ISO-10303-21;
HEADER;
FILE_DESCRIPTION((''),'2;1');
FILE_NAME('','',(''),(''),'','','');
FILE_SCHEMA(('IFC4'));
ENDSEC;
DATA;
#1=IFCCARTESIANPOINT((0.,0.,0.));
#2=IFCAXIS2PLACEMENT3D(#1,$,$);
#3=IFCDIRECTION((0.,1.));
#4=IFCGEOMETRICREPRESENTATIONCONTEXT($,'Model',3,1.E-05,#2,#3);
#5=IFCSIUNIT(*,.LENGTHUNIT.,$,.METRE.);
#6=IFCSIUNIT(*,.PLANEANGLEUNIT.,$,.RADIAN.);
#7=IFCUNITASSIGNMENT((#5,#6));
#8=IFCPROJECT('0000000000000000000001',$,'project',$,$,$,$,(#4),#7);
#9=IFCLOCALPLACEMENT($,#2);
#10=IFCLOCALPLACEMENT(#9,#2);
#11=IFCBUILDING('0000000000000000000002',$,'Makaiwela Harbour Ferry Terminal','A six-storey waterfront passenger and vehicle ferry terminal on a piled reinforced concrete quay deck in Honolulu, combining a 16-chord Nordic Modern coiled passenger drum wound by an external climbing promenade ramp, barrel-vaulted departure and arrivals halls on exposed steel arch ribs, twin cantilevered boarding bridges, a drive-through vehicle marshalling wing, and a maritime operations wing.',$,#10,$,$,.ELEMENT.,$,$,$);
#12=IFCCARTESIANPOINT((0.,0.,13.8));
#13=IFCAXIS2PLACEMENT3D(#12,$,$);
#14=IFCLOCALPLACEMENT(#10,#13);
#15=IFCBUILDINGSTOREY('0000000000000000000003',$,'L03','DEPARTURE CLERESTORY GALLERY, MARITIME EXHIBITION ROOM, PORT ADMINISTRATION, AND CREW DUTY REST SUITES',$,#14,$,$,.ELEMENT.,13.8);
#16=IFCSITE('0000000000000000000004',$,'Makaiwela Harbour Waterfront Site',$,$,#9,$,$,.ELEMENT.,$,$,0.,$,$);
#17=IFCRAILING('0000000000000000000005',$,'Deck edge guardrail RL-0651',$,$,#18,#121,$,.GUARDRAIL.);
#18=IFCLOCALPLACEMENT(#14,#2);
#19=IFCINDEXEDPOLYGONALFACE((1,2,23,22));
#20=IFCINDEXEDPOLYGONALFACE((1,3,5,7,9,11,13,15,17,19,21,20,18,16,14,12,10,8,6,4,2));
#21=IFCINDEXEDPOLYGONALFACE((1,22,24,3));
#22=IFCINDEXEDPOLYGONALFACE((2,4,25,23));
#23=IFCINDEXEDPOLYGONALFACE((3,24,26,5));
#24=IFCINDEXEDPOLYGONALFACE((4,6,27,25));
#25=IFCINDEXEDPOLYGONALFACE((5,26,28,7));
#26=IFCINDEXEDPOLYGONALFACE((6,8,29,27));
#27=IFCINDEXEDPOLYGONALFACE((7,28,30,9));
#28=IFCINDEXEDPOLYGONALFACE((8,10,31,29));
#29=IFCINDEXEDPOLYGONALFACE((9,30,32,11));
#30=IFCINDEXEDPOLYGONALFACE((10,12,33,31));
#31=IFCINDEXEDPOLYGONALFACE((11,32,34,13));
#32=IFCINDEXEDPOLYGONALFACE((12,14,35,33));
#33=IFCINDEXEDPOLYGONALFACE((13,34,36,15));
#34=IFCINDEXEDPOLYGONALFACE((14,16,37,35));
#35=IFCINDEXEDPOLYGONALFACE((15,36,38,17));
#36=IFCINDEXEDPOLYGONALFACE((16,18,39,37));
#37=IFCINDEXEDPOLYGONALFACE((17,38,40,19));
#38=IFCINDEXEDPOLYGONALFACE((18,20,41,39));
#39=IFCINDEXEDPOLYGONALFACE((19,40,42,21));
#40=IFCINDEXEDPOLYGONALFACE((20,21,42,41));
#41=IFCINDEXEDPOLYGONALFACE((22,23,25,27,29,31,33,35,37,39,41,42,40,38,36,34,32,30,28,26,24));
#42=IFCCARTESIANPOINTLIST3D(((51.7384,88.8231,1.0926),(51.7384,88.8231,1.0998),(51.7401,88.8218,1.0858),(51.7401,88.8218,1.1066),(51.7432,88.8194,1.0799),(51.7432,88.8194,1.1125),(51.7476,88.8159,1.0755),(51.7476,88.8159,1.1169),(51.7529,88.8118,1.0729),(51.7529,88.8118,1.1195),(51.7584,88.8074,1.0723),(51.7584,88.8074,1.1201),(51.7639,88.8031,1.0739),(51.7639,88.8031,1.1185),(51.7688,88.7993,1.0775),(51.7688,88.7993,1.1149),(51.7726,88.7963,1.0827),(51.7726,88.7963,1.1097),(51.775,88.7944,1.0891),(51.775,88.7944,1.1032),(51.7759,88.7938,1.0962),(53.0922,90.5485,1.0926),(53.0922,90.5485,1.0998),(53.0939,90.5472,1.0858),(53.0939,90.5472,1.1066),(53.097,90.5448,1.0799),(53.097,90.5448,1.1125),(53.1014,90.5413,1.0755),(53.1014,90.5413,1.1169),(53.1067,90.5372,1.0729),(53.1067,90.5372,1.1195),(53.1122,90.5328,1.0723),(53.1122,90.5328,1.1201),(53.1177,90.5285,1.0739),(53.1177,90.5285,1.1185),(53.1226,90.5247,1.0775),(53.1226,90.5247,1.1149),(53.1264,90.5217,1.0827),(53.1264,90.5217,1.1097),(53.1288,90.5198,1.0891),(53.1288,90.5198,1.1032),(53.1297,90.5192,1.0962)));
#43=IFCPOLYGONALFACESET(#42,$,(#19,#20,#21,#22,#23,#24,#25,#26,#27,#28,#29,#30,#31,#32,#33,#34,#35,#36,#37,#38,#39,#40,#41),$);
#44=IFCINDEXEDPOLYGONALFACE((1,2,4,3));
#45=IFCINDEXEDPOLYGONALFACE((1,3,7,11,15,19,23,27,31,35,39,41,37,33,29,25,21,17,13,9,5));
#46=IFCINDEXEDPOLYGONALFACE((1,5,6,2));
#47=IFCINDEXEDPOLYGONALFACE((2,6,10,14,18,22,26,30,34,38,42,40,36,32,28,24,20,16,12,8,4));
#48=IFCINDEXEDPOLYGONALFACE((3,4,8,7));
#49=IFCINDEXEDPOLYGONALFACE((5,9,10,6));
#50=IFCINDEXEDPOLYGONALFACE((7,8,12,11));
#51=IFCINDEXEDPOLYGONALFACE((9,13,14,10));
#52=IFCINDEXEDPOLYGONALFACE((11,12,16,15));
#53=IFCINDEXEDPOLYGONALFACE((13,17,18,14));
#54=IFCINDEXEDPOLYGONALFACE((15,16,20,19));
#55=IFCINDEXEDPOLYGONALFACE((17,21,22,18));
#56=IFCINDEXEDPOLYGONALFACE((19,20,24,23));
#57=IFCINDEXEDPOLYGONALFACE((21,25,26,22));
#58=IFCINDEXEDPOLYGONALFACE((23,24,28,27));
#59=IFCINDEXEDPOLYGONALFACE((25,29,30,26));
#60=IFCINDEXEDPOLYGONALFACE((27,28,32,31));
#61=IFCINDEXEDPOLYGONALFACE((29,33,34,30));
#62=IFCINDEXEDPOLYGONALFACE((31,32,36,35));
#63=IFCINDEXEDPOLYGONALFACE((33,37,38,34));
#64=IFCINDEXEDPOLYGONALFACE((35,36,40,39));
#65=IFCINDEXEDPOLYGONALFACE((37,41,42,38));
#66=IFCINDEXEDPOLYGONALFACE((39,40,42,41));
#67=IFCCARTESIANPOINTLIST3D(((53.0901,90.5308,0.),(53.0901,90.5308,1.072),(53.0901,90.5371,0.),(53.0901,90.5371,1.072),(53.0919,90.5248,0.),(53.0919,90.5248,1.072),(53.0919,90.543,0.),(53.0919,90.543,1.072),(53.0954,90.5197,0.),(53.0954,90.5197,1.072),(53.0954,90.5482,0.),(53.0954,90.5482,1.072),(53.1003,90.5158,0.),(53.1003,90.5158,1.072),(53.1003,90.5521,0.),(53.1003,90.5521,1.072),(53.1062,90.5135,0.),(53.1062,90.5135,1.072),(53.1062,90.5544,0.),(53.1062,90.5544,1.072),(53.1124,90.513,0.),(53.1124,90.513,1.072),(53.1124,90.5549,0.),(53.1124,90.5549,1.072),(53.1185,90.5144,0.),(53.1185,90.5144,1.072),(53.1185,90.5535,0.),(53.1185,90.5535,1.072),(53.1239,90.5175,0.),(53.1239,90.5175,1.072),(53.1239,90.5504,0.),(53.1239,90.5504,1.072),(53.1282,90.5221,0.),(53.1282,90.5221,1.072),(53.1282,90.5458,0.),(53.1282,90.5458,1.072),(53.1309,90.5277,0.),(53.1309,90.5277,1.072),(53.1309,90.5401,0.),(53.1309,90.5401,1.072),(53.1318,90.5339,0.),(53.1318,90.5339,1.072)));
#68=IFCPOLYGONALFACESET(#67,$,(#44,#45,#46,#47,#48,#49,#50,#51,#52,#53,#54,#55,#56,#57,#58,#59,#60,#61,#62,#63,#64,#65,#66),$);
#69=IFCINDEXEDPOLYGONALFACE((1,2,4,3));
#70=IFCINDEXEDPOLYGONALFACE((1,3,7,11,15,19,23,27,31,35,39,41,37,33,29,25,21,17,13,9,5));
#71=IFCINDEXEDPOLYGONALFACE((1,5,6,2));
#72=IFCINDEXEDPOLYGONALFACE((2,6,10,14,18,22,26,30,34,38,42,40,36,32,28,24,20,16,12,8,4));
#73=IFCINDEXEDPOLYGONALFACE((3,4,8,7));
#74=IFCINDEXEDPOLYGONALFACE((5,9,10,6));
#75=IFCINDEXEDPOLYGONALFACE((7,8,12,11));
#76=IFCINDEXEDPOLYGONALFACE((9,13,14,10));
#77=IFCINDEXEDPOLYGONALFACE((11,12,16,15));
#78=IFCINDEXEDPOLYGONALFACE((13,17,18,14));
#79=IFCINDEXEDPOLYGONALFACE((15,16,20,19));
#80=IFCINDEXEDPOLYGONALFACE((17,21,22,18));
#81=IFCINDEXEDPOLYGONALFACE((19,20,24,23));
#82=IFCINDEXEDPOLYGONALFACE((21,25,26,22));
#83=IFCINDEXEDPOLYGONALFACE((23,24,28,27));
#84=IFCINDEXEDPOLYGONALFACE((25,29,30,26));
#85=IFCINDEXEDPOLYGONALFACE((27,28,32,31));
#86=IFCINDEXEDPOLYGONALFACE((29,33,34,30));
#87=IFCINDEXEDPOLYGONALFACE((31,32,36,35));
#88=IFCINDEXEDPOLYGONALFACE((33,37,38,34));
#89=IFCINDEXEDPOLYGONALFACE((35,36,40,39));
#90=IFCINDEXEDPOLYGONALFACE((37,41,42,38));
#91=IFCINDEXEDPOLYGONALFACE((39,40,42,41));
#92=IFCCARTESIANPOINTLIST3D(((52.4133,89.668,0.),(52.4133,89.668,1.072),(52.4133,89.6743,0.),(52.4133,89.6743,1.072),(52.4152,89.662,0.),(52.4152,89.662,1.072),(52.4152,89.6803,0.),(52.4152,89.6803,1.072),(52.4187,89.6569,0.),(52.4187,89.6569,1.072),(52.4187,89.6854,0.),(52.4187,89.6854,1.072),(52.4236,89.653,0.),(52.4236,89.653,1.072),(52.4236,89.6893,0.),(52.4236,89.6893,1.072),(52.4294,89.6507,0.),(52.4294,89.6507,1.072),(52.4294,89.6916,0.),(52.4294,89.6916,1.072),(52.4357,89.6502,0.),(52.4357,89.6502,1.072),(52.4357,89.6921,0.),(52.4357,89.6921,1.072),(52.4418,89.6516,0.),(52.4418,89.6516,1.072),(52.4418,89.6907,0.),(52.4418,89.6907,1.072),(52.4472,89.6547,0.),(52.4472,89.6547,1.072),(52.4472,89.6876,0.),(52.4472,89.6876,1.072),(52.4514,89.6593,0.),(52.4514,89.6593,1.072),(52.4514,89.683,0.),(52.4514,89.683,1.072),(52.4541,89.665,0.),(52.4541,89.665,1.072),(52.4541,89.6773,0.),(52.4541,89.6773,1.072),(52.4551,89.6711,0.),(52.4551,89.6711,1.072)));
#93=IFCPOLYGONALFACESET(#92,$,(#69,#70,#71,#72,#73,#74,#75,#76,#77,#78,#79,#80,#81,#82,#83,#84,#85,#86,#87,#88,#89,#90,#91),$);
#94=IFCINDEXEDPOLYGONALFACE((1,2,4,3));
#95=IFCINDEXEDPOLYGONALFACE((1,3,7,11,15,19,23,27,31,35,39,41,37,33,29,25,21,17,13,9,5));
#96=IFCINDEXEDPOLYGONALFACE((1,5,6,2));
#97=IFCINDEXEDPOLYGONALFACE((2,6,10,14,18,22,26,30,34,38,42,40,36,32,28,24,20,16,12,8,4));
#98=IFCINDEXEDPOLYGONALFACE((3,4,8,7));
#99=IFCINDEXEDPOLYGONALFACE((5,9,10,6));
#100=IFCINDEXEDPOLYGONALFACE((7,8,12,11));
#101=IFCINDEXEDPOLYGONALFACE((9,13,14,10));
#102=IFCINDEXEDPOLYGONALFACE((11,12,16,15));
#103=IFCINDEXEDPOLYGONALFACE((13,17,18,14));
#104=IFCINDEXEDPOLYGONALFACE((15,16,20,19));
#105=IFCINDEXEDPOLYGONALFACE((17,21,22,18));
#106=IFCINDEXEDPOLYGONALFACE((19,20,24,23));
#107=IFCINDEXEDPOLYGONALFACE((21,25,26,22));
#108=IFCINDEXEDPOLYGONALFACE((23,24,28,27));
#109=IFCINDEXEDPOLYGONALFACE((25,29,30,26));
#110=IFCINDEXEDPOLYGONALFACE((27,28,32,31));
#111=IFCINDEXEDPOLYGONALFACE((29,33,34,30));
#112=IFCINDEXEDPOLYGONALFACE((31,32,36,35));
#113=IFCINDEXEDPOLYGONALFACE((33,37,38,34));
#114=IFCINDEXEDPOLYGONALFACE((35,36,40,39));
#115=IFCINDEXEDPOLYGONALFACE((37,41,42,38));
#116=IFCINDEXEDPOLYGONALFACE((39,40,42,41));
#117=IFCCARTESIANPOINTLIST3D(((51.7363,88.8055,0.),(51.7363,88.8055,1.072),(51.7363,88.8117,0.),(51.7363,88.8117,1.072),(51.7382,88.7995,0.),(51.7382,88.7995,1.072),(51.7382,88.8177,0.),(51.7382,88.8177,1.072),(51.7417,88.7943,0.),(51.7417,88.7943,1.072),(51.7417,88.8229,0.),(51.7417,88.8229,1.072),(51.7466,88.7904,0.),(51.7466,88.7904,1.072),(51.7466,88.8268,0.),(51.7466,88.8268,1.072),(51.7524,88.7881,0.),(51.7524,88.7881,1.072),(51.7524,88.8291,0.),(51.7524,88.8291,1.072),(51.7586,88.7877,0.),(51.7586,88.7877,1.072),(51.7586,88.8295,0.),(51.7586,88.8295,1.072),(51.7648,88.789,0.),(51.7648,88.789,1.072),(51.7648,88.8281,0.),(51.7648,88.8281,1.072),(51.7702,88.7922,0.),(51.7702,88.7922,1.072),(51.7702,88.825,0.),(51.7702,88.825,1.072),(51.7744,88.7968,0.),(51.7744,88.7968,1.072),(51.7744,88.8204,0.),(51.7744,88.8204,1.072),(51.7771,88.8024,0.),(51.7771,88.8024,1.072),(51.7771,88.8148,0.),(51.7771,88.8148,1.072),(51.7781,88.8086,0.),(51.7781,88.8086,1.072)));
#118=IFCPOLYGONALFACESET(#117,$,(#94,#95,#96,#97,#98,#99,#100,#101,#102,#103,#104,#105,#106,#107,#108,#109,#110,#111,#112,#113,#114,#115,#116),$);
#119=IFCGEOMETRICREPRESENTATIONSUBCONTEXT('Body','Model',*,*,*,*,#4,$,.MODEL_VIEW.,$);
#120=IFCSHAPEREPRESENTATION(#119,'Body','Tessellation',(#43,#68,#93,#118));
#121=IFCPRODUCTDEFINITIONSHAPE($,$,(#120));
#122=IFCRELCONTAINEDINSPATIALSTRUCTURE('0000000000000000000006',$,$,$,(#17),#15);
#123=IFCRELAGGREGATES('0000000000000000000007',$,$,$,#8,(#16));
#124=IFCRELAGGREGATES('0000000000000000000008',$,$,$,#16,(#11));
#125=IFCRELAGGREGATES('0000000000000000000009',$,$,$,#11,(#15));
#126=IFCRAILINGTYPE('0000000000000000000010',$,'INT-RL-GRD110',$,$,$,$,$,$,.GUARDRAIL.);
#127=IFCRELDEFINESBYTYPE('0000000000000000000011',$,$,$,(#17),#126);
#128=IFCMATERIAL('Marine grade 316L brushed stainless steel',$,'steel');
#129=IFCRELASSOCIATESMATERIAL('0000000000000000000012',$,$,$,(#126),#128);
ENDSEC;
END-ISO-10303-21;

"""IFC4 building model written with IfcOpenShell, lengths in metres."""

from ifc_helpers import new_model, si_unit, direction, frame, origin, origin_2d, place, context, subcontext, project, spatial, circle, extrude, material, type_object, element, save


model = new_model("IFC4")

# Units and contexts
model_context = context("Model", 3, precision=1e-05, world=origin(), true_north=direction((0.0, 1.0)))
body_context = subcontext(model_context, "Body", "Model", "MODEL_VIEW")
ifc_project = project(units=[si_unit("LENGTHUNIT", "METRE"), si_unit("PLANEANGLEUNIT", "RADIAN")], contexts=[model_context])

# Site, building, storey
site_placement = place(None, origin())
site = spatial("IfcSite", under=ifc_project, at=site_placement, Name="Makaiwela Harbour Waterfront Site", CompositionType="ELEMENT", RefElevation=0.0)
building_placement = place(site_placement, origin())
building = spatial("IfcBuilding", under=site, at=building_placement, Name="Makaiwela Harbour Ferry Terminal", Description="A six-storey waterfront passenger and vehicle ferry terminal on a piled reinforced concrete quay deck in Honolulu, combining a 16-chord Nordic Modern coiled passenger drum wound by an external climbing promenade ramp, barrel-vaulted departure and arrivals halls on exposed steel arch ribs, twin cantilevered boarding bridges, a drive-through vehicle marshalling wing, and a maritime operations wing.", CompositionType="ELEMENT")
storey_placement = place(building_placement, frame((0.0, 0.0, 13.8)))
storey = spatial("IfcBuildingStorey", under=building, at=storey_placement, Name="L03", Description="DEPARTURE CLERESTORY GALLERY, MARITIME EXHIBITION ROOM, PORT ADMINISTRATION, AND CREW DUTY REST SUITES", CompositionType="ELEMENT", Elevation=13.8)

# Railing
ifc_material_1 = material(Name="Marine grade 316L brushed stainless steel", Category="steel")
railing_type = type_object("IfcRailingType", Name="INT-RL-GRD110", PredefinedType="GUARDRAIL", material=ifc_material_1)
railing_1_placement = place(storey_placement, frame((53.1108, 90.5339, 0.0)))
element("IfcRailing", 1, at=railing_1_placement, inside=storey, type_object=railing_type, Name="Deck edge guardrail RL-0651", PredefinedType="GUARDRAIL", context=body_context, shape_type="SweptSolid", body=[
    extrude(circle(Radius=0.0239, at=origin_2d()), frame((0.0, 0.0, 1.0962), z_axis=(-0.617295, -0.786732, 0.0), x_axis=(0.786732, -0.617295, 0.0)), (0.0, 0.0, 1.0), 2.1931),
    extrude(circle(Radius=0.021, at=origin_2d()), origin(), (0.0, 0.0, 1.0), 1.072),
    extrude(circle(Radius=0.021, at=origin_2d()), frame((-0.6768, -0.8628, 0.0)), (0.0, 0.0, 1.0), 1.072),
    extrude(circle(Radius=0.021, at=origin_2d()), frame((-1.3538, -1.7253, 0.0)), (0.0, 0.0, 1.0), 1.072),
])

save(model, "model.ifc")
